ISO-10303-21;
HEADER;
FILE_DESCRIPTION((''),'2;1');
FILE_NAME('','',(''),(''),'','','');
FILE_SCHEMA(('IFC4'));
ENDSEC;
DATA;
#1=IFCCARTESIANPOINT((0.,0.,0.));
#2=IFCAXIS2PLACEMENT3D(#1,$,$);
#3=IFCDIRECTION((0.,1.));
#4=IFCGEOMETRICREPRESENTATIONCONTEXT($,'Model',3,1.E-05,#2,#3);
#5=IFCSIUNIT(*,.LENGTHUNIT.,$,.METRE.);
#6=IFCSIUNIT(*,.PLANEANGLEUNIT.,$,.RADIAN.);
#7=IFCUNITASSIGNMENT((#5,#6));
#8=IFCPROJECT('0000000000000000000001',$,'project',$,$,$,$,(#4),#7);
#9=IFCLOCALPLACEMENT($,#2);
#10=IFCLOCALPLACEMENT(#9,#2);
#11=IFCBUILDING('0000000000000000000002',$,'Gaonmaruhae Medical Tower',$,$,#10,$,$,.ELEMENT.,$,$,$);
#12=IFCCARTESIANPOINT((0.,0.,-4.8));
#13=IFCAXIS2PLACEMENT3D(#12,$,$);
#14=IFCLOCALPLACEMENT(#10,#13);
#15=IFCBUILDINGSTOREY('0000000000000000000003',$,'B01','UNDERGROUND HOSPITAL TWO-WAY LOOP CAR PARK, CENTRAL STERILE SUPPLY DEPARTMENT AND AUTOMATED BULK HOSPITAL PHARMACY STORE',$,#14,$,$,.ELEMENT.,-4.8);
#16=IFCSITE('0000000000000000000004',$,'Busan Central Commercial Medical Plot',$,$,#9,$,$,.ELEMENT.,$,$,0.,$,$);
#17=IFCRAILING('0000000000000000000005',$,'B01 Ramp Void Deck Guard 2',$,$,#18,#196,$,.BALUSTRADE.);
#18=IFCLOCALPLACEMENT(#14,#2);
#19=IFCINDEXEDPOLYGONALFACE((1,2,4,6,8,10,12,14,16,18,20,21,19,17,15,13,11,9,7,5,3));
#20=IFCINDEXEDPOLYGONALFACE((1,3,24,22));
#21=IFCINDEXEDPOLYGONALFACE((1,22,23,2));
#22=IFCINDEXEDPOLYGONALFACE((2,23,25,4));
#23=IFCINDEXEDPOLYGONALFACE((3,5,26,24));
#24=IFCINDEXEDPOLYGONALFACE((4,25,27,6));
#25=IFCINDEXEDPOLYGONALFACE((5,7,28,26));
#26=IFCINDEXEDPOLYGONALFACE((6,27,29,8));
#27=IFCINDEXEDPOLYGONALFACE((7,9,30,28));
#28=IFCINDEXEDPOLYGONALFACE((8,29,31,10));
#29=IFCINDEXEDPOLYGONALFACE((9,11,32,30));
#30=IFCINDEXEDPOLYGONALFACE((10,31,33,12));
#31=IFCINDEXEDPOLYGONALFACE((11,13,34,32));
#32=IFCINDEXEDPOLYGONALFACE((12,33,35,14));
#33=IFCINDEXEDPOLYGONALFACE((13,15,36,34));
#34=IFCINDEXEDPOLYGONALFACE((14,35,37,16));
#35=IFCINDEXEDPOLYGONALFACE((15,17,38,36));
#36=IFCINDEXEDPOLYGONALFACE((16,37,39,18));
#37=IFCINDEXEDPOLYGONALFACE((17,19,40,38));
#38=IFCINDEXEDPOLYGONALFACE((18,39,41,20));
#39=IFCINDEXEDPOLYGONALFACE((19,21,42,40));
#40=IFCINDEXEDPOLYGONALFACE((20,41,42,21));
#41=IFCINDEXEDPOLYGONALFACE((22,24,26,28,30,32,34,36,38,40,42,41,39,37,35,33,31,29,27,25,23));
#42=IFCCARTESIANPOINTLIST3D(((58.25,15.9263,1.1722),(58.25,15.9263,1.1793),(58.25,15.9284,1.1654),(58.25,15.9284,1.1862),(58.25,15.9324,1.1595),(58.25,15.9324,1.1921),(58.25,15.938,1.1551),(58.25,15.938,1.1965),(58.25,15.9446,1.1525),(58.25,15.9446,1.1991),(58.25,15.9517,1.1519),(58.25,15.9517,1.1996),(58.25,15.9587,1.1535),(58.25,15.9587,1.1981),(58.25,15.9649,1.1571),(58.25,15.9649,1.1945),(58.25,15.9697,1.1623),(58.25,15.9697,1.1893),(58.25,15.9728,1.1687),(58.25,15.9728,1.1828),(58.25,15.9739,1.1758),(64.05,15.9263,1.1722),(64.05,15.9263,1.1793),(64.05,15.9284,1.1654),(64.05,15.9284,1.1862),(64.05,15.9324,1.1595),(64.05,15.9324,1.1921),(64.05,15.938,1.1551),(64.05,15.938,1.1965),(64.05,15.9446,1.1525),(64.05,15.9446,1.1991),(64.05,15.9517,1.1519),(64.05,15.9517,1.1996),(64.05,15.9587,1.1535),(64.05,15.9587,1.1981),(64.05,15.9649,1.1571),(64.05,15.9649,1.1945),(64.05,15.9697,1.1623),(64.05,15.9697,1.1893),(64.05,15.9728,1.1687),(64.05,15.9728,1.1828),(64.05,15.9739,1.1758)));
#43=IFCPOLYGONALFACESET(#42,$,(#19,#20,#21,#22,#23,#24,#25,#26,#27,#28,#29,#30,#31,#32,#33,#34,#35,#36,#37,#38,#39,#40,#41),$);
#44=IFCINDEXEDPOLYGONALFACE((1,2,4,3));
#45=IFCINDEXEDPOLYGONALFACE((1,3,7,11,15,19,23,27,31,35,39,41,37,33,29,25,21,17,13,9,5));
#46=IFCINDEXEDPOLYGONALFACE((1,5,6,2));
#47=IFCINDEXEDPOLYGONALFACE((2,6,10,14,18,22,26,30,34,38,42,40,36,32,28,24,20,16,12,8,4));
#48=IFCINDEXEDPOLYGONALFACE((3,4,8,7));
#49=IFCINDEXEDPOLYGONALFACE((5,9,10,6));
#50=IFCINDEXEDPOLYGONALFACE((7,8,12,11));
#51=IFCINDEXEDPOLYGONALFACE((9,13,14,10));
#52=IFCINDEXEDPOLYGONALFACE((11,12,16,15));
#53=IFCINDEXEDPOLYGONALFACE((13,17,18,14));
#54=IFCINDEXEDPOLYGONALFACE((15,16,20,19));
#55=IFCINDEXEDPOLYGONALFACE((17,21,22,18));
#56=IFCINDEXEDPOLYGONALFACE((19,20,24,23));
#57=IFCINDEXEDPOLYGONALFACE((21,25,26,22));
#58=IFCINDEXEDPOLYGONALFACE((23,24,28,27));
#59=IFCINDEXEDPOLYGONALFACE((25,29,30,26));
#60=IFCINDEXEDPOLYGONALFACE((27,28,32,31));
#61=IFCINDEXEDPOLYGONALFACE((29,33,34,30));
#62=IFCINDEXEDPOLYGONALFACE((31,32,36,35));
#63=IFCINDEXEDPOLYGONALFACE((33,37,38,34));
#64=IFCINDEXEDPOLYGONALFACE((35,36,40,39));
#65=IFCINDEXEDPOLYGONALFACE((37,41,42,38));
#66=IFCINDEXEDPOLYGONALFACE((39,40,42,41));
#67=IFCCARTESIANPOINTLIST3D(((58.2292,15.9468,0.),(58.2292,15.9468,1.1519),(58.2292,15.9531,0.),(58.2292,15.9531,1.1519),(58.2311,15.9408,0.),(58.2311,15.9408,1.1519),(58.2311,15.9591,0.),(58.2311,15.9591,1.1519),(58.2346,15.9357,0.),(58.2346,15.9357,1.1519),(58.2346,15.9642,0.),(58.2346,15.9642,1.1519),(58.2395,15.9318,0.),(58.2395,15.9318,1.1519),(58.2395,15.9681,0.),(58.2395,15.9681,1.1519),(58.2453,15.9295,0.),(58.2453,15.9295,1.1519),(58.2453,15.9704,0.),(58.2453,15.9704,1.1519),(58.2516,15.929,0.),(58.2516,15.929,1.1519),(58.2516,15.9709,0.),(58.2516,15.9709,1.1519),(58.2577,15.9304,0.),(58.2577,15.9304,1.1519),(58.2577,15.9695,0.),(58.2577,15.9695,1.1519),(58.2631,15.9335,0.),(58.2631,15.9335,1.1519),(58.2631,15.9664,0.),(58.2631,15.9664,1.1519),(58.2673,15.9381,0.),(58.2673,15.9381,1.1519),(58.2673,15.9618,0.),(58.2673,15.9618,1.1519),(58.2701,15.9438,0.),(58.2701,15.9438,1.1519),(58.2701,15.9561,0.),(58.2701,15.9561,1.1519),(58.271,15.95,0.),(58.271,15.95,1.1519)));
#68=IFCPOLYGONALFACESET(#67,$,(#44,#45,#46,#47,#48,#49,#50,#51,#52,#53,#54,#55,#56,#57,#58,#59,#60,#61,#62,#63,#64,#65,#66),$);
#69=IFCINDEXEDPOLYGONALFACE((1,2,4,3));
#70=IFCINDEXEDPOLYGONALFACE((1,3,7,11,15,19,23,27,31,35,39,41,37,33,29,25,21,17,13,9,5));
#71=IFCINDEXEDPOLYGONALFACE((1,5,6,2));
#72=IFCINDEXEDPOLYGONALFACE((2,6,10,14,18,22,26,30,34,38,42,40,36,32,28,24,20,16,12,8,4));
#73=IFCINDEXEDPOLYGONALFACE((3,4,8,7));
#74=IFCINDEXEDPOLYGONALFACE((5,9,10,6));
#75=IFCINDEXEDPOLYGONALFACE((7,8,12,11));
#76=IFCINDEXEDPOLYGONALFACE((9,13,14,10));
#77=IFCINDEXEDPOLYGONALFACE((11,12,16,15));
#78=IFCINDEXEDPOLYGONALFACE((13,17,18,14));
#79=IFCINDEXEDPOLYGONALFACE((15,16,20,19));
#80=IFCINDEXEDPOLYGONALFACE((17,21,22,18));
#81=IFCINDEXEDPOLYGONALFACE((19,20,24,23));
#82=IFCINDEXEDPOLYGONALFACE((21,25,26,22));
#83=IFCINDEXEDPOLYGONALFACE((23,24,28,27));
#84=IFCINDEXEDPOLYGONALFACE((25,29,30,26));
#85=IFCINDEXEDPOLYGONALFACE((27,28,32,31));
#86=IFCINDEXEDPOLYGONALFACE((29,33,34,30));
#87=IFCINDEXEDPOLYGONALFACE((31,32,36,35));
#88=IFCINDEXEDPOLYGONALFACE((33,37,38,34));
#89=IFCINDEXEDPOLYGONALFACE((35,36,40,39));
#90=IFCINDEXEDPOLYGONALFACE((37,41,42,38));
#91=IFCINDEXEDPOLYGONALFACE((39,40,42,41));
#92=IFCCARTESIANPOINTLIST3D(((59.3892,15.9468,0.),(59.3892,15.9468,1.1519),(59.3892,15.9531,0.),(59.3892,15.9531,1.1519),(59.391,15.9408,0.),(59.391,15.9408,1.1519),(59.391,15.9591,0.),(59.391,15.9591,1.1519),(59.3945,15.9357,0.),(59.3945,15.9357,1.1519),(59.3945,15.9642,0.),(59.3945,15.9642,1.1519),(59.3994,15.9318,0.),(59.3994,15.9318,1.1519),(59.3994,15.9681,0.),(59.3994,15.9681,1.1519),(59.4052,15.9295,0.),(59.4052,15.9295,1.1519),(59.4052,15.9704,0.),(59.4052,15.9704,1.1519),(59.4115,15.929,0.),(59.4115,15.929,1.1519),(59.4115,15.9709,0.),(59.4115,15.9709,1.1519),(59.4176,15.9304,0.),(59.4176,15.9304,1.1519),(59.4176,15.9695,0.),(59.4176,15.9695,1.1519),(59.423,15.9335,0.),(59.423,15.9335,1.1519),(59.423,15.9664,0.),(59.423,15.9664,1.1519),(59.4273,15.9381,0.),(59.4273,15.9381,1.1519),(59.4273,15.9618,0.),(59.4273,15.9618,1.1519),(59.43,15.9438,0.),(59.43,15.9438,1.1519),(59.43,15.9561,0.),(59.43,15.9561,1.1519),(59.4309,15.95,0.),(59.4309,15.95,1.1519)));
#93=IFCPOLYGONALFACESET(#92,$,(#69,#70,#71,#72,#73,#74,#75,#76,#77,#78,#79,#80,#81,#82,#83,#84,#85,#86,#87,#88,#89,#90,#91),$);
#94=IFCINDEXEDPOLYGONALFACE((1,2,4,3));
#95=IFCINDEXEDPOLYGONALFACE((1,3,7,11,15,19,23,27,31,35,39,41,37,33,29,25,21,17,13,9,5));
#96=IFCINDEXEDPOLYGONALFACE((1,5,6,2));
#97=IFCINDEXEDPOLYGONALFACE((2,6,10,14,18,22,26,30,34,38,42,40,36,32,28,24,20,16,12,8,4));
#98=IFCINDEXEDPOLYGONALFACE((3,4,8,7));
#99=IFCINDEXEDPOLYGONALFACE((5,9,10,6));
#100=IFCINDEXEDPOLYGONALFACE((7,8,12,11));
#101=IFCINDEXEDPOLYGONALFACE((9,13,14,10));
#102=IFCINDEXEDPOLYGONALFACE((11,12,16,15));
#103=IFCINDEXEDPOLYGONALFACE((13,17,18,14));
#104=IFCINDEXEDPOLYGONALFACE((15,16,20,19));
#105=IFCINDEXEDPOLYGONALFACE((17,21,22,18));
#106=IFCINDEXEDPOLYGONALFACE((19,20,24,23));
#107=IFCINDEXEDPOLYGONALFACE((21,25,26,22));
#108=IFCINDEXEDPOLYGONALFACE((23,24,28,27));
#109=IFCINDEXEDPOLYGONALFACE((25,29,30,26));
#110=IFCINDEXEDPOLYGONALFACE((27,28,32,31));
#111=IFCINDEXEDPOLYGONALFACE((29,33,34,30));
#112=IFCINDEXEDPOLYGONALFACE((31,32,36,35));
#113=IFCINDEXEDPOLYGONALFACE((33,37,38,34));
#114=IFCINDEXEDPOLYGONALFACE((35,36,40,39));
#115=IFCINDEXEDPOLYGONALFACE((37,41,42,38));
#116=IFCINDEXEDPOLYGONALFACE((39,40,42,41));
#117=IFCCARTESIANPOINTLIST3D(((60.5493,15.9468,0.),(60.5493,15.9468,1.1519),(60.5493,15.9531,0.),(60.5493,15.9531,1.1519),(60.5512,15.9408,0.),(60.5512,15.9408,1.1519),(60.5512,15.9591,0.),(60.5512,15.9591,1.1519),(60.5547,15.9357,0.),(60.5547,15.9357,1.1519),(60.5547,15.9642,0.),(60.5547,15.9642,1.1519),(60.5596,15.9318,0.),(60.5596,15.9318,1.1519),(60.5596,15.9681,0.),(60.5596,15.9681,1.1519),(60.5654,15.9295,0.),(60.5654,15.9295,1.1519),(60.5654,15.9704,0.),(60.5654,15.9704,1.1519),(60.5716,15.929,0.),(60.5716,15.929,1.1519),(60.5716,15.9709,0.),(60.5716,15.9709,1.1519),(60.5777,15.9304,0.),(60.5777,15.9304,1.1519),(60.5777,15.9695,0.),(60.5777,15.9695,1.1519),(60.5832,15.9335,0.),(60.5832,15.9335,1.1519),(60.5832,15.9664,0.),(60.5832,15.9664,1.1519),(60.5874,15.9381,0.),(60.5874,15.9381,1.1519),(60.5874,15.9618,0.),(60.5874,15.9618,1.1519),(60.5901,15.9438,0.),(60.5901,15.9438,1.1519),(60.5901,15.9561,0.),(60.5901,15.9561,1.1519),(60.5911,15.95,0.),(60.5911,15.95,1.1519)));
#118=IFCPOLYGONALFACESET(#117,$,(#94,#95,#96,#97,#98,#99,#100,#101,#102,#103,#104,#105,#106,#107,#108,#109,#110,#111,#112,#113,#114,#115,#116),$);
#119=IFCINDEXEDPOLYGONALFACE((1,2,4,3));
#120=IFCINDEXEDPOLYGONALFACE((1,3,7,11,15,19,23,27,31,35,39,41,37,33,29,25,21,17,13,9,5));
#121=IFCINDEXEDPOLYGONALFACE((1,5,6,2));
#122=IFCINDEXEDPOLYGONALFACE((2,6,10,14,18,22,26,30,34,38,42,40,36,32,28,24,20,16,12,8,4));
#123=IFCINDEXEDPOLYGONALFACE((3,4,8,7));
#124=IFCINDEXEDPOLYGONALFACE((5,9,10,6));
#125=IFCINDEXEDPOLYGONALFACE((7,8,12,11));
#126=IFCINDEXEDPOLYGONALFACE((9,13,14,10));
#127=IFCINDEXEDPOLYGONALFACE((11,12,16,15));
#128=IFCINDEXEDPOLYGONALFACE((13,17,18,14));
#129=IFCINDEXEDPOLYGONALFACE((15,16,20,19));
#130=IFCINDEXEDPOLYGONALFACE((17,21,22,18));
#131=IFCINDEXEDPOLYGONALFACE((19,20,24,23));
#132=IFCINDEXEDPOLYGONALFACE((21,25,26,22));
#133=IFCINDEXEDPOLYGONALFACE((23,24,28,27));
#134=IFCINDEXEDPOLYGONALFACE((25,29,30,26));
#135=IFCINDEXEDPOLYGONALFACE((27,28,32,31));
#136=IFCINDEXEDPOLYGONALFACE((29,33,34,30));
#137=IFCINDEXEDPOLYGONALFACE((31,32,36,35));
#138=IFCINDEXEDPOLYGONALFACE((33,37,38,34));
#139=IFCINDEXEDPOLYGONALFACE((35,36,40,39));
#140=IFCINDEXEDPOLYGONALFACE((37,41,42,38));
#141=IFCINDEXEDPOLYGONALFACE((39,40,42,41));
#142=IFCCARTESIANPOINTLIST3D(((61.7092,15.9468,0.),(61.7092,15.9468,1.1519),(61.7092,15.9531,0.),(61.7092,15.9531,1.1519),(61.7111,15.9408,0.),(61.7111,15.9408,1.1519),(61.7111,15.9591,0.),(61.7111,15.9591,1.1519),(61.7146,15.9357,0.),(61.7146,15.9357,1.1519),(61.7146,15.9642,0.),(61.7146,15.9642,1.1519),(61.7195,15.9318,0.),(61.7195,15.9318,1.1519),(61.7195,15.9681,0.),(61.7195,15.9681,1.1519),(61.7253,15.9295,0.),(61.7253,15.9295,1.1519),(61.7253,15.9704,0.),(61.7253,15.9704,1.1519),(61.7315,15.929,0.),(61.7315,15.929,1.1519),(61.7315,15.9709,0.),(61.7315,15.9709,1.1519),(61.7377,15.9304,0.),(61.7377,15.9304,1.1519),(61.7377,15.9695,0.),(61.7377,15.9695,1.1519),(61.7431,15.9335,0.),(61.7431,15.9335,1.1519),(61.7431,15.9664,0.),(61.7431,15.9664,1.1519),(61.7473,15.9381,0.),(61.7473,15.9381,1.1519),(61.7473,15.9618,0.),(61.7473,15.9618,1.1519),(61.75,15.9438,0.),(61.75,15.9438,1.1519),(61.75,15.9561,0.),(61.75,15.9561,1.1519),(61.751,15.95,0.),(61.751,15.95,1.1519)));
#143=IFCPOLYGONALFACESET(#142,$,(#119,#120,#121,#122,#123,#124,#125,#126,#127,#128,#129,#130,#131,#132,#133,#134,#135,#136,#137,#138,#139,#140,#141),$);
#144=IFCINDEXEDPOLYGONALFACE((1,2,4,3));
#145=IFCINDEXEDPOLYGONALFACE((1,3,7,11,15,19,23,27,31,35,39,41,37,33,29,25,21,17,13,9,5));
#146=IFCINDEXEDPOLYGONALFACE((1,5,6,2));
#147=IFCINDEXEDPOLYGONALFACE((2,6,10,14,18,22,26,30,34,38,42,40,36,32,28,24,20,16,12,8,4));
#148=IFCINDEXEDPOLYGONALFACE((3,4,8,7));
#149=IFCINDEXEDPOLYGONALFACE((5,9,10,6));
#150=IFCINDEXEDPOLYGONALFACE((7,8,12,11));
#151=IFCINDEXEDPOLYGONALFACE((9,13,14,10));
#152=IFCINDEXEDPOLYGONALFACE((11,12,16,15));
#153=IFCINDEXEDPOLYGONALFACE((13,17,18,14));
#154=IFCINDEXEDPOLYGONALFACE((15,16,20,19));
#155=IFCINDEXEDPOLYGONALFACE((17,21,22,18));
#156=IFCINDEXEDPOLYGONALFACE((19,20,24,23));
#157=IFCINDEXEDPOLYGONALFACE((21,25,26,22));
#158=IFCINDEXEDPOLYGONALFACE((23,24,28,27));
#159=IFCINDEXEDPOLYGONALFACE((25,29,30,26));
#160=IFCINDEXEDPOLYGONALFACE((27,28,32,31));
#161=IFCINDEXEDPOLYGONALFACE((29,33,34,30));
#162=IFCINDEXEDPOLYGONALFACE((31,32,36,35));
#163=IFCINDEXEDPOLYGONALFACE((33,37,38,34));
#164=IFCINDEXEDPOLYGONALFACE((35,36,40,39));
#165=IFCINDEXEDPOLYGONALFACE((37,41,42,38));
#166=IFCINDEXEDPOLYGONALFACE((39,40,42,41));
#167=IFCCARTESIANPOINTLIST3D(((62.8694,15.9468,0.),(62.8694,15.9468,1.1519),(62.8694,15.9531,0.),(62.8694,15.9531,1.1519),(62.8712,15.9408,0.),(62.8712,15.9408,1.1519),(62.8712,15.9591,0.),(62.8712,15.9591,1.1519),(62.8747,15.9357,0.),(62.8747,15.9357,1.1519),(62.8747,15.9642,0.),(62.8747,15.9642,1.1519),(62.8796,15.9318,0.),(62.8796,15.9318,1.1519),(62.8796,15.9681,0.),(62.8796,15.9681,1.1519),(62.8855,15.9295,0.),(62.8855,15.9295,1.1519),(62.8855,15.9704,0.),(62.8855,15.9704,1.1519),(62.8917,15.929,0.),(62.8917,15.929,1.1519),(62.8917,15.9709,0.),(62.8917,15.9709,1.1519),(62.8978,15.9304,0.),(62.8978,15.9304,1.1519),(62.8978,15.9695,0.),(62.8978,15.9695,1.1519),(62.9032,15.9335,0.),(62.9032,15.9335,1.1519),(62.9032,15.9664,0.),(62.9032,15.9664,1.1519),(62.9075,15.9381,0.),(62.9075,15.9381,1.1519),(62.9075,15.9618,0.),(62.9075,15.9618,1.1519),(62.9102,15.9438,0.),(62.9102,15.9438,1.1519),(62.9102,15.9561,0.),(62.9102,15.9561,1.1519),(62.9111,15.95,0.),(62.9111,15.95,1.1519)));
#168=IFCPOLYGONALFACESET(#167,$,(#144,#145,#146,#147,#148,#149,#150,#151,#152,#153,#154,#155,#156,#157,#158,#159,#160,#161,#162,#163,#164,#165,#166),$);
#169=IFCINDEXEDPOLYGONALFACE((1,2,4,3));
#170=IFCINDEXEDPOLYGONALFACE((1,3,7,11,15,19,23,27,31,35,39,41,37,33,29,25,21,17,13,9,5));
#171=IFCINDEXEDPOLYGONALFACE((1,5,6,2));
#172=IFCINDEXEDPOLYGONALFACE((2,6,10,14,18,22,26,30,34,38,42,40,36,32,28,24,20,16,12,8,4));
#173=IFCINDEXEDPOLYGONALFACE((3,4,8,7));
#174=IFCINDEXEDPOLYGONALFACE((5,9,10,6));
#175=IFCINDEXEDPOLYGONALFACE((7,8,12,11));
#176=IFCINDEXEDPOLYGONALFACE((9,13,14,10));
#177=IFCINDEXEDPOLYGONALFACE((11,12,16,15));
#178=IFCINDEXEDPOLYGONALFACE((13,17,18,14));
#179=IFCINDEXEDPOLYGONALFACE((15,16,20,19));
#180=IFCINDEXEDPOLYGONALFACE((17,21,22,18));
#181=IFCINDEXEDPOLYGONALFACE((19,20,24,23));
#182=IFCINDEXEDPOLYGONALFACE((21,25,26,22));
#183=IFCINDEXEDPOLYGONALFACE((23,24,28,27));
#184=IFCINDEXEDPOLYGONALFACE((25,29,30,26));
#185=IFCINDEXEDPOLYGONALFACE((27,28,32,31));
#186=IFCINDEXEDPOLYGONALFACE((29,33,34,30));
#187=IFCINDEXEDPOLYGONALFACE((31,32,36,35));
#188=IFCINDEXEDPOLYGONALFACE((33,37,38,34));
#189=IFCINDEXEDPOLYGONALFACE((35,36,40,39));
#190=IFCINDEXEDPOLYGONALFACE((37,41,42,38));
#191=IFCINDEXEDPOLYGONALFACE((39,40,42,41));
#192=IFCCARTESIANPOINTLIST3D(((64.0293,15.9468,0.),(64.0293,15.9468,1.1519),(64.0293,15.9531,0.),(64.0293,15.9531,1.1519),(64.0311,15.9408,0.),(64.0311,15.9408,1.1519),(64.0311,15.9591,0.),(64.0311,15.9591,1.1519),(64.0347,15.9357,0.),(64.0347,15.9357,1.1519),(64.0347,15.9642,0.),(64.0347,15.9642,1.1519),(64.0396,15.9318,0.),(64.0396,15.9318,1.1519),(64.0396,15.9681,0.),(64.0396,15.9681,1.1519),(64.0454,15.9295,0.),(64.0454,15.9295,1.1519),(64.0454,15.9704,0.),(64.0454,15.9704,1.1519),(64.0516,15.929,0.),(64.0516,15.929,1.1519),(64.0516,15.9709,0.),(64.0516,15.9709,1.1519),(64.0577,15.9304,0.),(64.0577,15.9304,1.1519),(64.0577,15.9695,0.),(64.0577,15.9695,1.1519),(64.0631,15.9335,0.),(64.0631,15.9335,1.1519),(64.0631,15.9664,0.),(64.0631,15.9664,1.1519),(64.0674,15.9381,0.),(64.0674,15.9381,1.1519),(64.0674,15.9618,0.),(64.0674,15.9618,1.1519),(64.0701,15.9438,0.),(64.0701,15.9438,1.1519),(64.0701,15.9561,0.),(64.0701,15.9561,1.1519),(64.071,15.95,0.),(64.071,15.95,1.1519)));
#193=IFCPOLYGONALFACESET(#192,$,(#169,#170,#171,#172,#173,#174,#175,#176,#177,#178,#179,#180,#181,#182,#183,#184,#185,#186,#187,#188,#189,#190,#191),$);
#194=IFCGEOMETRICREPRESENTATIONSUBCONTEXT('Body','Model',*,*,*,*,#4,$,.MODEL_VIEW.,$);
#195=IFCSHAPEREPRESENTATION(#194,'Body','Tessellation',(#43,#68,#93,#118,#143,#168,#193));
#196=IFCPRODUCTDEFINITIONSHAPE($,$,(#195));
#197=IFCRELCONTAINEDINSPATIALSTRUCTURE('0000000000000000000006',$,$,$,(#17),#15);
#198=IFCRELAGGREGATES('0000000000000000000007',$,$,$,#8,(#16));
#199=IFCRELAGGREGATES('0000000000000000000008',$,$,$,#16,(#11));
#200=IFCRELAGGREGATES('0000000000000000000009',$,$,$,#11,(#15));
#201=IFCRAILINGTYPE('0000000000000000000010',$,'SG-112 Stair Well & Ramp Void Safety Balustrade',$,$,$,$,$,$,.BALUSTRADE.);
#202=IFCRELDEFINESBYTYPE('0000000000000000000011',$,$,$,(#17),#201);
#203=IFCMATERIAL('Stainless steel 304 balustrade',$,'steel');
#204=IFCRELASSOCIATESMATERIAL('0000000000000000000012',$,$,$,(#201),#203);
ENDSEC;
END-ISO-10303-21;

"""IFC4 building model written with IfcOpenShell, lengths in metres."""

from ifc_helpers import new_model, si_unit, direction, frame, origin, origin_2d, place, context, subcontext, project, spatial, circle, extrude, material, type_object, element, save


model = new_model("IFC4")

# Units and contexts
model_context = context("Model", 3, precision=1e-05, world=origin(), true_north=direction((0.0, 1.0)))
body_context = subcontext(model_context, "Body", "Model", "MODEL_VIEW")
ifc_project = project(units=[si_unit("LENGTHUNIT", "METRE"), si_unit("PLANEANGLEUNIT", "RADIAN")], contexts=[model_context])

# Site, building, storey
site_placement = place(None, origin())
site = spatial("IfcSite", under=ifc_project, at=site_placement, Name="Busan Central Commercial Medical Plot", CompositionType="ELEMENT", RefElevation=0.0)
building_placement = place(site_placement, origin())
building = spatial("IfcBuilding", under=site, at=building_placement, Name="Gaonmaruhae Medical Tower", CompositionType="ELEMENT")
storey_placement = place(building_placement, frame((0.0, 0.0, -4.8)))
storey = spatial("IfcBuildingStorey", under=building, at=storey_placement, Name="B01", Description="UNDERGROUND HOSPITAL TWO-WAY LOOP CAR PARK, CENTRAL STERILE SUPPLY DEPARTMENT AND AUTOMATED BULK HOSPITAL PHARMACY STORE", CompositionType="ELEMENT", Elevation=-4.8)

# Railing
ifc_material_1 = material(Name="Stainless steel 304 balustrade", Category="steel")
railing_type = type_object("IfcRailingType", Name="SG-112 Stair Well & Ramp Void Safety Balustrade", PredefinedType="BALUSTRADE", material=ifc_material_1)
railing_1_placement = place(storey_placement, frame((58.25, 15.95, 0.0)))
element("IfcRailing", 1, at=railing_1_placement, inside=storey, type_object=railing_type, Name="B01 Ramp Void Deck Guard 2", PredefinedType="BALUSTRADE", context=body_context, shape_type="SweptSolid", body=[
    extrude(circle(Radius=0.0239, at=origin_2d()), frame((0.0, 0.0, 1.1758), z_axis=(1.0, 0.0, 0.0), x_axis=(0.0, 1.0, 0.0)), (0.0, 0.0, 1.0), 5.8),
    extrude(circle(Radius=0.021, at=origin_2d()), origin(), (0.0, 0.0, 1.0), 1.1519),
    extrude(circle(Radius=0.021, at=origin_2d()), frame((1.1599, 0.0, 0.0)), (0.0, 0.0, 1.0), 1.1519),
    extrude(circle(Radius=0.021, at=origin_2d()), frame((2.3201, 0.0, 0.0)), (0.0, 0.0, 1.0), 1.1519),
    extrude(circle(Radius=0.021, at=origin_2d()), frame((3.48, 0.0, 0.0)), (0.0, 0.0, 1.0), 1.1519),
    extrude(circle(Radius=0.021, at=origin_2d()), frame((4.6401, 0.0, 0.0)), (0.0, 0.0, 1.0), 1.1519),
    extrude(circle(Radius=0.021, at=origin_2d()), frame((5.8, 0.0, 0.0)), (0.0, 0.0, 1.0), 1.1519),
])

save(model, "model.ifc")
